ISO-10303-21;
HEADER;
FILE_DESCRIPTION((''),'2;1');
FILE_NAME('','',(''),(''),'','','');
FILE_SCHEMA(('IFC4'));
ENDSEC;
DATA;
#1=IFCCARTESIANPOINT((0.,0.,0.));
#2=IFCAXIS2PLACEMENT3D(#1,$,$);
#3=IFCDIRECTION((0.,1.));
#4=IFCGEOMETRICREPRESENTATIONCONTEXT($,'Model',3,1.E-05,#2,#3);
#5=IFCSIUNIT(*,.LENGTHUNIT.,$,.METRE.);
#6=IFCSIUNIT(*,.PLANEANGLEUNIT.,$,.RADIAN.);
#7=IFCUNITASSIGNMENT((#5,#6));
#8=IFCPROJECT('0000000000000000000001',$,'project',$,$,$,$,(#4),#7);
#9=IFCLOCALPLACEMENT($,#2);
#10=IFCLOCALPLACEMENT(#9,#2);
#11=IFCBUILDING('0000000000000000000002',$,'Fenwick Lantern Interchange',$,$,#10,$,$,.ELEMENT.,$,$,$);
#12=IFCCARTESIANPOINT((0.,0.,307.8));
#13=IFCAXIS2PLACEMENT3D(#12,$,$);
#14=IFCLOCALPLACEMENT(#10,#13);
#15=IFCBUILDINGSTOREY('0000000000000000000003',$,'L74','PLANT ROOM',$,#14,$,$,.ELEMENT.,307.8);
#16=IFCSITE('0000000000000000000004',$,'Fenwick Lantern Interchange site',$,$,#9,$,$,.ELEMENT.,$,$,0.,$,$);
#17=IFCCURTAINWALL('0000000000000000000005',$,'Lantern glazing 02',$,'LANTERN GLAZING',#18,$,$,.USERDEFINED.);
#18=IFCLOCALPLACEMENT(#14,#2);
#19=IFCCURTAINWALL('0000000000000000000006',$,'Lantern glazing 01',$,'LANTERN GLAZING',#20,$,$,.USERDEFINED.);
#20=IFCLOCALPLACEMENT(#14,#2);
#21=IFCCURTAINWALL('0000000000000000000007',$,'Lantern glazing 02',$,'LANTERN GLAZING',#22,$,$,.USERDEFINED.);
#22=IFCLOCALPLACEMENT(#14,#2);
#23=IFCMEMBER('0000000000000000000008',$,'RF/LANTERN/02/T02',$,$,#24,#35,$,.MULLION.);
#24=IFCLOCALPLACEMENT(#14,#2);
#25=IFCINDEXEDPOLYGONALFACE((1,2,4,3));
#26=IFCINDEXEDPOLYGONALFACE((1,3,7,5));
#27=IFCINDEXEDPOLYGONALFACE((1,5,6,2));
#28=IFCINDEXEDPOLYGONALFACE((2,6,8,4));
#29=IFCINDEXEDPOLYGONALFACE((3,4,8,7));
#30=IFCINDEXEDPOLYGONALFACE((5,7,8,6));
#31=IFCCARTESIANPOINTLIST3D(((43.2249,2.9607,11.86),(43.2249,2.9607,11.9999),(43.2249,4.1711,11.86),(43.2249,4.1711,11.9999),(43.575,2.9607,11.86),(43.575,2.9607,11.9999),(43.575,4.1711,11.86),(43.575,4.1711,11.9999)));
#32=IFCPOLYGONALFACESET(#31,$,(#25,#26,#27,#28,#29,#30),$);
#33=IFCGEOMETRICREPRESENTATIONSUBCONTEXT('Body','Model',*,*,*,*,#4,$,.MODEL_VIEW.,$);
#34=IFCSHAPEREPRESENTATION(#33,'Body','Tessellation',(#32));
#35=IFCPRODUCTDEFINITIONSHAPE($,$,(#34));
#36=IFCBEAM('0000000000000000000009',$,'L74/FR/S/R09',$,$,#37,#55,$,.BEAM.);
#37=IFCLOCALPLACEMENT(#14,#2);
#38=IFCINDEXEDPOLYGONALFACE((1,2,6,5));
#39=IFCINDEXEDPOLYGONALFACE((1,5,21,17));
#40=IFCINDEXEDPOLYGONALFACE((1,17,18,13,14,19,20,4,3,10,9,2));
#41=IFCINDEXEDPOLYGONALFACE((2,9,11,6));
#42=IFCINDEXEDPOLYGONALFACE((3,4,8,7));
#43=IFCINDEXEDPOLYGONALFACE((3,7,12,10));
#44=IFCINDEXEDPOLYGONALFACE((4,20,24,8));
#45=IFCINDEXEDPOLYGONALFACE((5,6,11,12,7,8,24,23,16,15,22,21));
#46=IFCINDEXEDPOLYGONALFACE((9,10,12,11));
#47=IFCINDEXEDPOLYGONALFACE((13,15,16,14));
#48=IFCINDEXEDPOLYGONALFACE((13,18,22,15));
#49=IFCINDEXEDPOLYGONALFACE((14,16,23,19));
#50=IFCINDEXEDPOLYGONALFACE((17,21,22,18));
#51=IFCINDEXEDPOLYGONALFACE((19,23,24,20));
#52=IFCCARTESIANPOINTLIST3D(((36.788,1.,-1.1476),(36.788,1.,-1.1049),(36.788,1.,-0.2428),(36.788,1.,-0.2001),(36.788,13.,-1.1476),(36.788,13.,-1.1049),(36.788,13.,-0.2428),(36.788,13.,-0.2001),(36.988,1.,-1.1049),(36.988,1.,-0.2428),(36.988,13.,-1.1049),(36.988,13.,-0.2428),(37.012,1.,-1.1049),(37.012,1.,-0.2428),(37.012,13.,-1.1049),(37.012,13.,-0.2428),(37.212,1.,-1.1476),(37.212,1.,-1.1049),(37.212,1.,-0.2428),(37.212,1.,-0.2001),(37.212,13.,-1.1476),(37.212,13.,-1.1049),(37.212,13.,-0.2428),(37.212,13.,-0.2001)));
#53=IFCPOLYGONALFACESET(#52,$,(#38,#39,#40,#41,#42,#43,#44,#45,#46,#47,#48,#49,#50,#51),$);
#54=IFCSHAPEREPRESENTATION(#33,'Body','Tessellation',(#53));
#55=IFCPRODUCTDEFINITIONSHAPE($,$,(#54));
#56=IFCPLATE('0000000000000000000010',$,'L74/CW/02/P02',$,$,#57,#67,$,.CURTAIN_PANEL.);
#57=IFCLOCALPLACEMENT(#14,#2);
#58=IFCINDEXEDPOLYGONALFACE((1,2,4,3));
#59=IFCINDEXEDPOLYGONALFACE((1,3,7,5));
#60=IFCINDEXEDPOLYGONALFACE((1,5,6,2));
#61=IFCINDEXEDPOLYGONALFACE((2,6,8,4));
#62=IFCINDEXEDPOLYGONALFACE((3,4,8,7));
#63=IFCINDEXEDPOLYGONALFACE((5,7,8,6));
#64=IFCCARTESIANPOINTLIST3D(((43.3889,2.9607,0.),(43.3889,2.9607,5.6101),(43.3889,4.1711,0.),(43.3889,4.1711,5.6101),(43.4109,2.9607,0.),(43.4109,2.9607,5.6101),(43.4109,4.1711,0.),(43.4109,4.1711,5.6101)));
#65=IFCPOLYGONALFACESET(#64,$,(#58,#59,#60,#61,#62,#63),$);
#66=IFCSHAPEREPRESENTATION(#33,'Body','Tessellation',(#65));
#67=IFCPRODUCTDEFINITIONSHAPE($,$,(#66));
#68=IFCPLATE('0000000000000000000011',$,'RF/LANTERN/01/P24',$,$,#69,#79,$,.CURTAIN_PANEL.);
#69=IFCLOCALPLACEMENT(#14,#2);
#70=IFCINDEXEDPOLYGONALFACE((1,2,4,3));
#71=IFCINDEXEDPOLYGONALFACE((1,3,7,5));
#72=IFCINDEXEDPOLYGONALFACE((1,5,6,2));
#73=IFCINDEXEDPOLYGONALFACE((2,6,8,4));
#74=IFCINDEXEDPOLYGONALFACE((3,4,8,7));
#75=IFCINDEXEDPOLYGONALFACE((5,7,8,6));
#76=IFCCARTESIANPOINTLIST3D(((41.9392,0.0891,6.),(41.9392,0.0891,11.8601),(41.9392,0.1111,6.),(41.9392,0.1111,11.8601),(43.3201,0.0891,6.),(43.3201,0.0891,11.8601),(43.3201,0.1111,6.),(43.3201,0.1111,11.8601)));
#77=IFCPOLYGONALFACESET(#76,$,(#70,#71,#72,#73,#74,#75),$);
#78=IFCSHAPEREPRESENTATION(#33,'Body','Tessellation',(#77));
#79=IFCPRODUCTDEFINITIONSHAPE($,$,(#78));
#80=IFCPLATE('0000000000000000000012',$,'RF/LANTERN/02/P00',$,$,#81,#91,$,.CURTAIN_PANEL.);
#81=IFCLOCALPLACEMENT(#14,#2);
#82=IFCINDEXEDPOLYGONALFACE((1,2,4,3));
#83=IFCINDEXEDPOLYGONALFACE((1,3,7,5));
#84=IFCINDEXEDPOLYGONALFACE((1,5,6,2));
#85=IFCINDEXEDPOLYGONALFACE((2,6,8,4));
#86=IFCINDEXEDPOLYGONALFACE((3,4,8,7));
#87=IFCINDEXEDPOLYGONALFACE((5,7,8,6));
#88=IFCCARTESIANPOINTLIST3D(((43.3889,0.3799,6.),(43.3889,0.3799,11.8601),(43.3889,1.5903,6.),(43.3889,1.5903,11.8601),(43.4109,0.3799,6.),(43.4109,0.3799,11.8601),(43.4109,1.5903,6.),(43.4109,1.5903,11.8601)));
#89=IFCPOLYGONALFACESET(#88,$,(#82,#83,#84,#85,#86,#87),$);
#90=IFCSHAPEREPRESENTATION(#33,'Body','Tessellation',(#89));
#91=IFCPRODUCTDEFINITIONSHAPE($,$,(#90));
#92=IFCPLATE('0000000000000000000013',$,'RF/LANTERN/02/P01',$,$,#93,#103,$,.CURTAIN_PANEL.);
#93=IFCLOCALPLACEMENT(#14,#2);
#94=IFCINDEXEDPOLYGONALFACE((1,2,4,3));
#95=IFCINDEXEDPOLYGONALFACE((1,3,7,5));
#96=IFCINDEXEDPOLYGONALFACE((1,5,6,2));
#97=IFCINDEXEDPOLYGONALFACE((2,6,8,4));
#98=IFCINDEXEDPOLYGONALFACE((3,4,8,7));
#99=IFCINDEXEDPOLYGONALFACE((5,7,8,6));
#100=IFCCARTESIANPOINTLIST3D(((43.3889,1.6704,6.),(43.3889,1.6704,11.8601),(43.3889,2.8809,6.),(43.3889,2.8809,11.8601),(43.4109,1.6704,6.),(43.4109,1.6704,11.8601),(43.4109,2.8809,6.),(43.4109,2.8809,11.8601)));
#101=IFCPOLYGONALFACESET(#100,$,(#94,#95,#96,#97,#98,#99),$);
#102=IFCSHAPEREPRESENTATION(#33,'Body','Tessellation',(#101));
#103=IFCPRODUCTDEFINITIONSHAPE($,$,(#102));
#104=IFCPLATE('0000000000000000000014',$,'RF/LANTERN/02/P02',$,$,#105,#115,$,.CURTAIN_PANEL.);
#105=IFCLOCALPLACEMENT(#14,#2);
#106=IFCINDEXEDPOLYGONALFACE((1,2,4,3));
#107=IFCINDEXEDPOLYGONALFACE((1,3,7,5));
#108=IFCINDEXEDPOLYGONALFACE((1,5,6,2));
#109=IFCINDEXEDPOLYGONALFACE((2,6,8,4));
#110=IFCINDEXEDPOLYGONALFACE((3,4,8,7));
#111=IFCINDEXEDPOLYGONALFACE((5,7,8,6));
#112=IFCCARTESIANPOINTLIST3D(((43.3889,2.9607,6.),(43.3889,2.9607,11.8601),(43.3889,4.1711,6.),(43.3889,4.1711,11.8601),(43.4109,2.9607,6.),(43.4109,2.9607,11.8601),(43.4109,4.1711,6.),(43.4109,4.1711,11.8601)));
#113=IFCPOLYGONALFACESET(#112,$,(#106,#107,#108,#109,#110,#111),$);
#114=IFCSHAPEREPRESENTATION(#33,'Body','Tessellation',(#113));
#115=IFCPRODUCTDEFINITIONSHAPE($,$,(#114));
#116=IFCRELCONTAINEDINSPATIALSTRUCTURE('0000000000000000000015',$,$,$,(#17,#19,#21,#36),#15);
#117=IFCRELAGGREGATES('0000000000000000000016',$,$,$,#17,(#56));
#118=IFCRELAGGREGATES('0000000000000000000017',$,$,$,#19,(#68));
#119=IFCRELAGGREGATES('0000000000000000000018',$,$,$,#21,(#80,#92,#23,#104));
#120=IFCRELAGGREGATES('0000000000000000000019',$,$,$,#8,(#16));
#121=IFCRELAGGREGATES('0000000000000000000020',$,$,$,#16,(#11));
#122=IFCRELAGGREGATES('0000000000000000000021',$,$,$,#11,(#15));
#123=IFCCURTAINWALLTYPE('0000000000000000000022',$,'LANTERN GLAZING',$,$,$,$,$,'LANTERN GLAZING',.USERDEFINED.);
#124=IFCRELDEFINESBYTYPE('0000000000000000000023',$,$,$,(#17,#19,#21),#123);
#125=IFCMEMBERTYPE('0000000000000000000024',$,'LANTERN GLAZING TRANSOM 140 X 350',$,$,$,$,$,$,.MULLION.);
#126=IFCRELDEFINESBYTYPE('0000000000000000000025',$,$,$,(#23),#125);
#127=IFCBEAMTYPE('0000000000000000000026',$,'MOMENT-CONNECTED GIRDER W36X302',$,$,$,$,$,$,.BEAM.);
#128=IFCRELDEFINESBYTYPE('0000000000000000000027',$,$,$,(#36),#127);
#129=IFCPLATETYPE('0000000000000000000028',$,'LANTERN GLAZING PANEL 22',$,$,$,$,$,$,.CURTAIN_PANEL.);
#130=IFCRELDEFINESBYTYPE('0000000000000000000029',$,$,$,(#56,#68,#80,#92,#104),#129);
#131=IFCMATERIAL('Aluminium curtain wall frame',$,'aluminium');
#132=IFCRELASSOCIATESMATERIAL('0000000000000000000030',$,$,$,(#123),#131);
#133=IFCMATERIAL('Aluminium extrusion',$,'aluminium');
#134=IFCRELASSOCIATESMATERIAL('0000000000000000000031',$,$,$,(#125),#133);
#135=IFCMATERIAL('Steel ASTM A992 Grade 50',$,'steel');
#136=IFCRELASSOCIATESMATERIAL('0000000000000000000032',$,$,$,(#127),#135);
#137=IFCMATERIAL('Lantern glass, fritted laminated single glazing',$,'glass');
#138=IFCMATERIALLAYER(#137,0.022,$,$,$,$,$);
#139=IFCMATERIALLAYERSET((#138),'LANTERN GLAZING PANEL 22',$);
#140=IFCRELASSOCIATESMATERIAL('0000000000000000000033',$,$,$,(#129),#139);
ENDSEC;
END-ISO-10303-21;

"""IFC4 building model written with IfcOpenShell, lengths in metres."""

from ifc_helpers import new_model, si_unit, direction, frame, origin, origin_2d, place, context, subcontext, project, spatial, rectangle, i_section, extrude, material, layer, layer_set, material_profile, profile_set, type_object, element, aggregate, save


model = new_model("IFC4")

# Units and contexts
model_context = context("Model", 3, precision=1e-05, world=origin(), true_north=direction((0.0, 1.0)))
body_context = subcontext(model_context, "Body", "Model", "MODEL_VIEW")
ifc_project = project(units=[si_unit("LENGTHUNIT", "METRE"), si_unit("PLANEANGLEUNIT", "RADIAN")], contexts=[model_context])

# Site, building, storey
site_placement = place(None, origin())
site = spatial("IfcSite", under=ifc_project, at=site_placement, Name="Fenwick Lantern Interchange site", CompositionType="ELEMENT", RefElevation=0.0)
building_placement = place(site_placement, origin())
building = spatial("IfcBuilding", under=site, at=building_placement, Name="Fenwick Lantern Interchange", CompositionType="ELEMENT")
storey_placement = place(building_placement, frame((0.0, 0.0, 307.8)))
storey = spatial("IfcBuildingStorey", under=building, at=storey_placement, Name="L74", Description="PLANT ROOM", CompositionType="ELEMENT", Elevation=307.8)

# Shared definitions
ifc_material_1 = material(Name="Steel ASTM A992 Grade 50", Category="steel")

# Shared definitions
ifc_material_2 = material(Name="Aluminium curtain wall frame", Category="aluminium")
curtain_wall_type = type_object("IfcCurtainWallType", Name="LANTERN GLAZING", ElementType="LANTERN GLAZING", PredefinedType="USERDEFINED", material=ifc_material_2)
ifc_material_3 = material(Name="Aluminium extrusion", Category="aluminium")

# Curtain wall
curtain_wall_1_placement = place(storey_placement, origin())
curtain_wall_1 = element("IfcCurtainWall", 1, at=curtain_wall_1_placement, inside=storey, type_object=curtain_wall_type, Name="Lantern glazing 02", ObjectType="LANTERN GLAZING", PredefinedType="USERDEFINED")

# Curtain wall
curtain_wall_2_placement = place(storey_placement, origin())
curtain_wall_2 = element("IfcCurtainWall", 2, at=curtain_wall_2_placement, inside=storey, type_object=curtain_wall_type, Name="Lantern glazing 01", ObjectType="LANTERN GLAZING", PredefinedType="USERDEFINED")

# Curtain wall
curtain_wall_3_placement = place(storey_placement, origin())
curtain_wall_3 = element("IfcCurtainWall", 3, at=curtain_wall_3_placement, inside=storey, type_object=curtain_wall_type, Name="Lantern glazing 02", ObjectType="LANTERN GLAZING", PredefinedType="USERDEFINED")

# Member
ifc_material_profile_1 = material_profile(ifc_material_3, rectangle(XDim=0.3501, YDim=0.1399, at=origin_2d()), Name="LANTERN GLAZING TRANSOM 140 X 350")
ifc_profile_set_1 = profile_set([ifc_material_profile_1], Name="Aluminium extrusion")
member_type_1 = type_object("IfcMemberType", Name="LANTERN GLAZING TRANSOM 140 X 350", PredefinedType="MULLION", material=ifc_profile_set_1)
member_1_placement = place(storey_placement, frame((43.3999, 2.9607, 11.9299), z_axis=(0.0, 1.0, 0.0), x_axis=(-1.0, 0.0, 0.0)))
member_1 = element("IfcMember", 4, at=member_1_placement, type_object=member_type_1, Name="RF/LANTERN/02/T02", PredefinedType="MULLION", context=body_context, shape_type="SweptSolid", body=[
    extrude(rectangle(XDim=0.3501, YDim=0.1399, at=origin_2d()), origin(), (0.0, 0.0, 1.0), 1.2104),
])

# Beam
ifc_material_profile_2 = material_profile(ifc_material_1, i_section(OverallWidth=0.4241, OverallDepth=0.9475, WebThickness=0.0239, FlangeThickness=0.0427, at=origin_2d()), Name="W36X302")
ifc_profile_set_2 = profile_set([ifc_material_profile_2], Name="Steel ASTM A992 Grade 50")
beam_type_1 = type_object("IfcBeamType", Name="MOMENT-CONNECTED GIRDER W36X302", PredefinedType="BEAM", material=ifc_profile_set_2)
beam_1_placement = place(storey_placement, frame((37.0, 1.0, -0.6738), z_axis=(0.0, 1.0, 0.0), x_axis=(-1.0, 0.0, 0.0)))
element("IfcBeam", 5, at=beam_1_placement, inside=storey, type_object=beam_type_1, Name="L74/FR/S/R09", PredefinedType="BEAM", context=body_context, shape_type="SweptSolid", body=[
    extrude(i_section(OverallWidth=0.4241, OverallDepth=0.9475, WebThickness=0.0239, FlangeThickness=0.0427, at=origin_2d()), origin(), (0.0, 0.0, 1.0), 12.0),
])

# Plates
ifc_material_4 = material(Name="Lantern glass, fritted laminated single glazing", Category="glass")
ifc_layer_1 = layer(ifc_material_4, 0.022)
ifc_layer_set_1 = layer_set([ifc_layer_1], Name="LANTERN GLAZING PANEL 22")
plate_type = type_object("IfcPlateType", Name="LANTERN GLAZING PANEL 22", PredefinedType="CURTAIN_PANEL", material=ifc_layer_set_1)
plate_1_placement = place(storey_placement, frame((43.3999, 3.5659, 0.0), z_axis=(0.0, 0.0, 1.0), x_axis=(0.0, 1.0, 0.0)))
plate_1 = element("IfcPlate", 6, at=plate_1_placement, type_object=plate_type, Name="L74/CW/02/P02", PredefinedType="CURTAIN_PANEL", context=body_context, shape_type="SweptSolid", body=[
    extrude(rectangle(XDim=1.2104, YDim=0.022, at=origin_2d()), origin(), (0.0, 0.0, 1.0), 5.6101),
])
aggregate(curtain_wall_1, [plate_1])
plate_2_placement = place(storey_placement, frame((42.6296, 0.1001, 6.0), z_axis=(0.0, 0.0, 1.0), x_axis=(1.0, 0.0, 0.0)))
plate_2 = element("IfcPlate", 7, at=plate_2_placement, type_object=plate_type, Name="RF/LANTERN/01/P24", PredefinedType="CURTAIN_PANEL", context=body_context, shape_type="SweptSolid", body=[
    extrude(rectangle(XDim=1.3809, YDim=0.022, at=origin_2d()), origin(), (0.0, 0.0, 1.0), 5.8601),
])
aggregate(curtain_wall_2, [plate_2])
plate_3_placement = place(storey_placement, frame((43.3999, 0.9851, 6.0), z_axis=(0.0, 0.0, 1.0), x_axis=(0.0, 1.0, 0.0)))
plate_3 = element("IfcPlate", 8, at=plate_3_placement, type_object=plate_type, Name="RF/LANTERN/02/P00", PredefinedType="CURTAIN_PANEL", context=body_context, shape_type="SweptSolid", body=[
    extrude(rectangle(XDim=1.2104, YDim=0.022, at=origin_2d()), origin(), (0.0, 0.0, 1.0), 5.8601),
])
plate_4_placement = place(storey_placement, frame((43.3999, 2.2756, 6.0), z_axis=(0.0, 0.0, 1.0), x_axis=(0.0, 1.0, 0.0)))
plate_4 = element("IfcPlate", 9, at=plate_4_placement, type_object=plate_type, Name="RF/LANTERN/02/P01", PredefinedType="CURTAIN_PANEL", context=body_context, shape_type="SweptSolid", body=[
    extrude(rectangle(XDim=1.2104, YDim=0.022, at=origin_2d()), origin(), (0.0, 0.0, 1.0), 5.8601),
])
plate_5_placement = place(storey_placement, frame((43.3999, 3.5659, 6.0), z_axis=(0.0, 0.0, 1.0), x_axis=(0.0, 1.0, 0.0)))
plate_5 = element("IfcPlate", 10, at=plate_5_placement, type_object=plate_type, Name="RF/LANTERN/02/P02", PredefinedType="CURTAIN_PANEL", context=body_context, shape_type="SweptSolid", body=[
    extrude(rectangle(XDim=1.2104, YDim=0.022, at=origin_2d()), origin(), (0.0, 0.0, 1.0), 5.8601),
])
aggregate(curtain_wall_3, [plate_3, plate_4, member_1, plate_5])

save(model, "model.ifc")
